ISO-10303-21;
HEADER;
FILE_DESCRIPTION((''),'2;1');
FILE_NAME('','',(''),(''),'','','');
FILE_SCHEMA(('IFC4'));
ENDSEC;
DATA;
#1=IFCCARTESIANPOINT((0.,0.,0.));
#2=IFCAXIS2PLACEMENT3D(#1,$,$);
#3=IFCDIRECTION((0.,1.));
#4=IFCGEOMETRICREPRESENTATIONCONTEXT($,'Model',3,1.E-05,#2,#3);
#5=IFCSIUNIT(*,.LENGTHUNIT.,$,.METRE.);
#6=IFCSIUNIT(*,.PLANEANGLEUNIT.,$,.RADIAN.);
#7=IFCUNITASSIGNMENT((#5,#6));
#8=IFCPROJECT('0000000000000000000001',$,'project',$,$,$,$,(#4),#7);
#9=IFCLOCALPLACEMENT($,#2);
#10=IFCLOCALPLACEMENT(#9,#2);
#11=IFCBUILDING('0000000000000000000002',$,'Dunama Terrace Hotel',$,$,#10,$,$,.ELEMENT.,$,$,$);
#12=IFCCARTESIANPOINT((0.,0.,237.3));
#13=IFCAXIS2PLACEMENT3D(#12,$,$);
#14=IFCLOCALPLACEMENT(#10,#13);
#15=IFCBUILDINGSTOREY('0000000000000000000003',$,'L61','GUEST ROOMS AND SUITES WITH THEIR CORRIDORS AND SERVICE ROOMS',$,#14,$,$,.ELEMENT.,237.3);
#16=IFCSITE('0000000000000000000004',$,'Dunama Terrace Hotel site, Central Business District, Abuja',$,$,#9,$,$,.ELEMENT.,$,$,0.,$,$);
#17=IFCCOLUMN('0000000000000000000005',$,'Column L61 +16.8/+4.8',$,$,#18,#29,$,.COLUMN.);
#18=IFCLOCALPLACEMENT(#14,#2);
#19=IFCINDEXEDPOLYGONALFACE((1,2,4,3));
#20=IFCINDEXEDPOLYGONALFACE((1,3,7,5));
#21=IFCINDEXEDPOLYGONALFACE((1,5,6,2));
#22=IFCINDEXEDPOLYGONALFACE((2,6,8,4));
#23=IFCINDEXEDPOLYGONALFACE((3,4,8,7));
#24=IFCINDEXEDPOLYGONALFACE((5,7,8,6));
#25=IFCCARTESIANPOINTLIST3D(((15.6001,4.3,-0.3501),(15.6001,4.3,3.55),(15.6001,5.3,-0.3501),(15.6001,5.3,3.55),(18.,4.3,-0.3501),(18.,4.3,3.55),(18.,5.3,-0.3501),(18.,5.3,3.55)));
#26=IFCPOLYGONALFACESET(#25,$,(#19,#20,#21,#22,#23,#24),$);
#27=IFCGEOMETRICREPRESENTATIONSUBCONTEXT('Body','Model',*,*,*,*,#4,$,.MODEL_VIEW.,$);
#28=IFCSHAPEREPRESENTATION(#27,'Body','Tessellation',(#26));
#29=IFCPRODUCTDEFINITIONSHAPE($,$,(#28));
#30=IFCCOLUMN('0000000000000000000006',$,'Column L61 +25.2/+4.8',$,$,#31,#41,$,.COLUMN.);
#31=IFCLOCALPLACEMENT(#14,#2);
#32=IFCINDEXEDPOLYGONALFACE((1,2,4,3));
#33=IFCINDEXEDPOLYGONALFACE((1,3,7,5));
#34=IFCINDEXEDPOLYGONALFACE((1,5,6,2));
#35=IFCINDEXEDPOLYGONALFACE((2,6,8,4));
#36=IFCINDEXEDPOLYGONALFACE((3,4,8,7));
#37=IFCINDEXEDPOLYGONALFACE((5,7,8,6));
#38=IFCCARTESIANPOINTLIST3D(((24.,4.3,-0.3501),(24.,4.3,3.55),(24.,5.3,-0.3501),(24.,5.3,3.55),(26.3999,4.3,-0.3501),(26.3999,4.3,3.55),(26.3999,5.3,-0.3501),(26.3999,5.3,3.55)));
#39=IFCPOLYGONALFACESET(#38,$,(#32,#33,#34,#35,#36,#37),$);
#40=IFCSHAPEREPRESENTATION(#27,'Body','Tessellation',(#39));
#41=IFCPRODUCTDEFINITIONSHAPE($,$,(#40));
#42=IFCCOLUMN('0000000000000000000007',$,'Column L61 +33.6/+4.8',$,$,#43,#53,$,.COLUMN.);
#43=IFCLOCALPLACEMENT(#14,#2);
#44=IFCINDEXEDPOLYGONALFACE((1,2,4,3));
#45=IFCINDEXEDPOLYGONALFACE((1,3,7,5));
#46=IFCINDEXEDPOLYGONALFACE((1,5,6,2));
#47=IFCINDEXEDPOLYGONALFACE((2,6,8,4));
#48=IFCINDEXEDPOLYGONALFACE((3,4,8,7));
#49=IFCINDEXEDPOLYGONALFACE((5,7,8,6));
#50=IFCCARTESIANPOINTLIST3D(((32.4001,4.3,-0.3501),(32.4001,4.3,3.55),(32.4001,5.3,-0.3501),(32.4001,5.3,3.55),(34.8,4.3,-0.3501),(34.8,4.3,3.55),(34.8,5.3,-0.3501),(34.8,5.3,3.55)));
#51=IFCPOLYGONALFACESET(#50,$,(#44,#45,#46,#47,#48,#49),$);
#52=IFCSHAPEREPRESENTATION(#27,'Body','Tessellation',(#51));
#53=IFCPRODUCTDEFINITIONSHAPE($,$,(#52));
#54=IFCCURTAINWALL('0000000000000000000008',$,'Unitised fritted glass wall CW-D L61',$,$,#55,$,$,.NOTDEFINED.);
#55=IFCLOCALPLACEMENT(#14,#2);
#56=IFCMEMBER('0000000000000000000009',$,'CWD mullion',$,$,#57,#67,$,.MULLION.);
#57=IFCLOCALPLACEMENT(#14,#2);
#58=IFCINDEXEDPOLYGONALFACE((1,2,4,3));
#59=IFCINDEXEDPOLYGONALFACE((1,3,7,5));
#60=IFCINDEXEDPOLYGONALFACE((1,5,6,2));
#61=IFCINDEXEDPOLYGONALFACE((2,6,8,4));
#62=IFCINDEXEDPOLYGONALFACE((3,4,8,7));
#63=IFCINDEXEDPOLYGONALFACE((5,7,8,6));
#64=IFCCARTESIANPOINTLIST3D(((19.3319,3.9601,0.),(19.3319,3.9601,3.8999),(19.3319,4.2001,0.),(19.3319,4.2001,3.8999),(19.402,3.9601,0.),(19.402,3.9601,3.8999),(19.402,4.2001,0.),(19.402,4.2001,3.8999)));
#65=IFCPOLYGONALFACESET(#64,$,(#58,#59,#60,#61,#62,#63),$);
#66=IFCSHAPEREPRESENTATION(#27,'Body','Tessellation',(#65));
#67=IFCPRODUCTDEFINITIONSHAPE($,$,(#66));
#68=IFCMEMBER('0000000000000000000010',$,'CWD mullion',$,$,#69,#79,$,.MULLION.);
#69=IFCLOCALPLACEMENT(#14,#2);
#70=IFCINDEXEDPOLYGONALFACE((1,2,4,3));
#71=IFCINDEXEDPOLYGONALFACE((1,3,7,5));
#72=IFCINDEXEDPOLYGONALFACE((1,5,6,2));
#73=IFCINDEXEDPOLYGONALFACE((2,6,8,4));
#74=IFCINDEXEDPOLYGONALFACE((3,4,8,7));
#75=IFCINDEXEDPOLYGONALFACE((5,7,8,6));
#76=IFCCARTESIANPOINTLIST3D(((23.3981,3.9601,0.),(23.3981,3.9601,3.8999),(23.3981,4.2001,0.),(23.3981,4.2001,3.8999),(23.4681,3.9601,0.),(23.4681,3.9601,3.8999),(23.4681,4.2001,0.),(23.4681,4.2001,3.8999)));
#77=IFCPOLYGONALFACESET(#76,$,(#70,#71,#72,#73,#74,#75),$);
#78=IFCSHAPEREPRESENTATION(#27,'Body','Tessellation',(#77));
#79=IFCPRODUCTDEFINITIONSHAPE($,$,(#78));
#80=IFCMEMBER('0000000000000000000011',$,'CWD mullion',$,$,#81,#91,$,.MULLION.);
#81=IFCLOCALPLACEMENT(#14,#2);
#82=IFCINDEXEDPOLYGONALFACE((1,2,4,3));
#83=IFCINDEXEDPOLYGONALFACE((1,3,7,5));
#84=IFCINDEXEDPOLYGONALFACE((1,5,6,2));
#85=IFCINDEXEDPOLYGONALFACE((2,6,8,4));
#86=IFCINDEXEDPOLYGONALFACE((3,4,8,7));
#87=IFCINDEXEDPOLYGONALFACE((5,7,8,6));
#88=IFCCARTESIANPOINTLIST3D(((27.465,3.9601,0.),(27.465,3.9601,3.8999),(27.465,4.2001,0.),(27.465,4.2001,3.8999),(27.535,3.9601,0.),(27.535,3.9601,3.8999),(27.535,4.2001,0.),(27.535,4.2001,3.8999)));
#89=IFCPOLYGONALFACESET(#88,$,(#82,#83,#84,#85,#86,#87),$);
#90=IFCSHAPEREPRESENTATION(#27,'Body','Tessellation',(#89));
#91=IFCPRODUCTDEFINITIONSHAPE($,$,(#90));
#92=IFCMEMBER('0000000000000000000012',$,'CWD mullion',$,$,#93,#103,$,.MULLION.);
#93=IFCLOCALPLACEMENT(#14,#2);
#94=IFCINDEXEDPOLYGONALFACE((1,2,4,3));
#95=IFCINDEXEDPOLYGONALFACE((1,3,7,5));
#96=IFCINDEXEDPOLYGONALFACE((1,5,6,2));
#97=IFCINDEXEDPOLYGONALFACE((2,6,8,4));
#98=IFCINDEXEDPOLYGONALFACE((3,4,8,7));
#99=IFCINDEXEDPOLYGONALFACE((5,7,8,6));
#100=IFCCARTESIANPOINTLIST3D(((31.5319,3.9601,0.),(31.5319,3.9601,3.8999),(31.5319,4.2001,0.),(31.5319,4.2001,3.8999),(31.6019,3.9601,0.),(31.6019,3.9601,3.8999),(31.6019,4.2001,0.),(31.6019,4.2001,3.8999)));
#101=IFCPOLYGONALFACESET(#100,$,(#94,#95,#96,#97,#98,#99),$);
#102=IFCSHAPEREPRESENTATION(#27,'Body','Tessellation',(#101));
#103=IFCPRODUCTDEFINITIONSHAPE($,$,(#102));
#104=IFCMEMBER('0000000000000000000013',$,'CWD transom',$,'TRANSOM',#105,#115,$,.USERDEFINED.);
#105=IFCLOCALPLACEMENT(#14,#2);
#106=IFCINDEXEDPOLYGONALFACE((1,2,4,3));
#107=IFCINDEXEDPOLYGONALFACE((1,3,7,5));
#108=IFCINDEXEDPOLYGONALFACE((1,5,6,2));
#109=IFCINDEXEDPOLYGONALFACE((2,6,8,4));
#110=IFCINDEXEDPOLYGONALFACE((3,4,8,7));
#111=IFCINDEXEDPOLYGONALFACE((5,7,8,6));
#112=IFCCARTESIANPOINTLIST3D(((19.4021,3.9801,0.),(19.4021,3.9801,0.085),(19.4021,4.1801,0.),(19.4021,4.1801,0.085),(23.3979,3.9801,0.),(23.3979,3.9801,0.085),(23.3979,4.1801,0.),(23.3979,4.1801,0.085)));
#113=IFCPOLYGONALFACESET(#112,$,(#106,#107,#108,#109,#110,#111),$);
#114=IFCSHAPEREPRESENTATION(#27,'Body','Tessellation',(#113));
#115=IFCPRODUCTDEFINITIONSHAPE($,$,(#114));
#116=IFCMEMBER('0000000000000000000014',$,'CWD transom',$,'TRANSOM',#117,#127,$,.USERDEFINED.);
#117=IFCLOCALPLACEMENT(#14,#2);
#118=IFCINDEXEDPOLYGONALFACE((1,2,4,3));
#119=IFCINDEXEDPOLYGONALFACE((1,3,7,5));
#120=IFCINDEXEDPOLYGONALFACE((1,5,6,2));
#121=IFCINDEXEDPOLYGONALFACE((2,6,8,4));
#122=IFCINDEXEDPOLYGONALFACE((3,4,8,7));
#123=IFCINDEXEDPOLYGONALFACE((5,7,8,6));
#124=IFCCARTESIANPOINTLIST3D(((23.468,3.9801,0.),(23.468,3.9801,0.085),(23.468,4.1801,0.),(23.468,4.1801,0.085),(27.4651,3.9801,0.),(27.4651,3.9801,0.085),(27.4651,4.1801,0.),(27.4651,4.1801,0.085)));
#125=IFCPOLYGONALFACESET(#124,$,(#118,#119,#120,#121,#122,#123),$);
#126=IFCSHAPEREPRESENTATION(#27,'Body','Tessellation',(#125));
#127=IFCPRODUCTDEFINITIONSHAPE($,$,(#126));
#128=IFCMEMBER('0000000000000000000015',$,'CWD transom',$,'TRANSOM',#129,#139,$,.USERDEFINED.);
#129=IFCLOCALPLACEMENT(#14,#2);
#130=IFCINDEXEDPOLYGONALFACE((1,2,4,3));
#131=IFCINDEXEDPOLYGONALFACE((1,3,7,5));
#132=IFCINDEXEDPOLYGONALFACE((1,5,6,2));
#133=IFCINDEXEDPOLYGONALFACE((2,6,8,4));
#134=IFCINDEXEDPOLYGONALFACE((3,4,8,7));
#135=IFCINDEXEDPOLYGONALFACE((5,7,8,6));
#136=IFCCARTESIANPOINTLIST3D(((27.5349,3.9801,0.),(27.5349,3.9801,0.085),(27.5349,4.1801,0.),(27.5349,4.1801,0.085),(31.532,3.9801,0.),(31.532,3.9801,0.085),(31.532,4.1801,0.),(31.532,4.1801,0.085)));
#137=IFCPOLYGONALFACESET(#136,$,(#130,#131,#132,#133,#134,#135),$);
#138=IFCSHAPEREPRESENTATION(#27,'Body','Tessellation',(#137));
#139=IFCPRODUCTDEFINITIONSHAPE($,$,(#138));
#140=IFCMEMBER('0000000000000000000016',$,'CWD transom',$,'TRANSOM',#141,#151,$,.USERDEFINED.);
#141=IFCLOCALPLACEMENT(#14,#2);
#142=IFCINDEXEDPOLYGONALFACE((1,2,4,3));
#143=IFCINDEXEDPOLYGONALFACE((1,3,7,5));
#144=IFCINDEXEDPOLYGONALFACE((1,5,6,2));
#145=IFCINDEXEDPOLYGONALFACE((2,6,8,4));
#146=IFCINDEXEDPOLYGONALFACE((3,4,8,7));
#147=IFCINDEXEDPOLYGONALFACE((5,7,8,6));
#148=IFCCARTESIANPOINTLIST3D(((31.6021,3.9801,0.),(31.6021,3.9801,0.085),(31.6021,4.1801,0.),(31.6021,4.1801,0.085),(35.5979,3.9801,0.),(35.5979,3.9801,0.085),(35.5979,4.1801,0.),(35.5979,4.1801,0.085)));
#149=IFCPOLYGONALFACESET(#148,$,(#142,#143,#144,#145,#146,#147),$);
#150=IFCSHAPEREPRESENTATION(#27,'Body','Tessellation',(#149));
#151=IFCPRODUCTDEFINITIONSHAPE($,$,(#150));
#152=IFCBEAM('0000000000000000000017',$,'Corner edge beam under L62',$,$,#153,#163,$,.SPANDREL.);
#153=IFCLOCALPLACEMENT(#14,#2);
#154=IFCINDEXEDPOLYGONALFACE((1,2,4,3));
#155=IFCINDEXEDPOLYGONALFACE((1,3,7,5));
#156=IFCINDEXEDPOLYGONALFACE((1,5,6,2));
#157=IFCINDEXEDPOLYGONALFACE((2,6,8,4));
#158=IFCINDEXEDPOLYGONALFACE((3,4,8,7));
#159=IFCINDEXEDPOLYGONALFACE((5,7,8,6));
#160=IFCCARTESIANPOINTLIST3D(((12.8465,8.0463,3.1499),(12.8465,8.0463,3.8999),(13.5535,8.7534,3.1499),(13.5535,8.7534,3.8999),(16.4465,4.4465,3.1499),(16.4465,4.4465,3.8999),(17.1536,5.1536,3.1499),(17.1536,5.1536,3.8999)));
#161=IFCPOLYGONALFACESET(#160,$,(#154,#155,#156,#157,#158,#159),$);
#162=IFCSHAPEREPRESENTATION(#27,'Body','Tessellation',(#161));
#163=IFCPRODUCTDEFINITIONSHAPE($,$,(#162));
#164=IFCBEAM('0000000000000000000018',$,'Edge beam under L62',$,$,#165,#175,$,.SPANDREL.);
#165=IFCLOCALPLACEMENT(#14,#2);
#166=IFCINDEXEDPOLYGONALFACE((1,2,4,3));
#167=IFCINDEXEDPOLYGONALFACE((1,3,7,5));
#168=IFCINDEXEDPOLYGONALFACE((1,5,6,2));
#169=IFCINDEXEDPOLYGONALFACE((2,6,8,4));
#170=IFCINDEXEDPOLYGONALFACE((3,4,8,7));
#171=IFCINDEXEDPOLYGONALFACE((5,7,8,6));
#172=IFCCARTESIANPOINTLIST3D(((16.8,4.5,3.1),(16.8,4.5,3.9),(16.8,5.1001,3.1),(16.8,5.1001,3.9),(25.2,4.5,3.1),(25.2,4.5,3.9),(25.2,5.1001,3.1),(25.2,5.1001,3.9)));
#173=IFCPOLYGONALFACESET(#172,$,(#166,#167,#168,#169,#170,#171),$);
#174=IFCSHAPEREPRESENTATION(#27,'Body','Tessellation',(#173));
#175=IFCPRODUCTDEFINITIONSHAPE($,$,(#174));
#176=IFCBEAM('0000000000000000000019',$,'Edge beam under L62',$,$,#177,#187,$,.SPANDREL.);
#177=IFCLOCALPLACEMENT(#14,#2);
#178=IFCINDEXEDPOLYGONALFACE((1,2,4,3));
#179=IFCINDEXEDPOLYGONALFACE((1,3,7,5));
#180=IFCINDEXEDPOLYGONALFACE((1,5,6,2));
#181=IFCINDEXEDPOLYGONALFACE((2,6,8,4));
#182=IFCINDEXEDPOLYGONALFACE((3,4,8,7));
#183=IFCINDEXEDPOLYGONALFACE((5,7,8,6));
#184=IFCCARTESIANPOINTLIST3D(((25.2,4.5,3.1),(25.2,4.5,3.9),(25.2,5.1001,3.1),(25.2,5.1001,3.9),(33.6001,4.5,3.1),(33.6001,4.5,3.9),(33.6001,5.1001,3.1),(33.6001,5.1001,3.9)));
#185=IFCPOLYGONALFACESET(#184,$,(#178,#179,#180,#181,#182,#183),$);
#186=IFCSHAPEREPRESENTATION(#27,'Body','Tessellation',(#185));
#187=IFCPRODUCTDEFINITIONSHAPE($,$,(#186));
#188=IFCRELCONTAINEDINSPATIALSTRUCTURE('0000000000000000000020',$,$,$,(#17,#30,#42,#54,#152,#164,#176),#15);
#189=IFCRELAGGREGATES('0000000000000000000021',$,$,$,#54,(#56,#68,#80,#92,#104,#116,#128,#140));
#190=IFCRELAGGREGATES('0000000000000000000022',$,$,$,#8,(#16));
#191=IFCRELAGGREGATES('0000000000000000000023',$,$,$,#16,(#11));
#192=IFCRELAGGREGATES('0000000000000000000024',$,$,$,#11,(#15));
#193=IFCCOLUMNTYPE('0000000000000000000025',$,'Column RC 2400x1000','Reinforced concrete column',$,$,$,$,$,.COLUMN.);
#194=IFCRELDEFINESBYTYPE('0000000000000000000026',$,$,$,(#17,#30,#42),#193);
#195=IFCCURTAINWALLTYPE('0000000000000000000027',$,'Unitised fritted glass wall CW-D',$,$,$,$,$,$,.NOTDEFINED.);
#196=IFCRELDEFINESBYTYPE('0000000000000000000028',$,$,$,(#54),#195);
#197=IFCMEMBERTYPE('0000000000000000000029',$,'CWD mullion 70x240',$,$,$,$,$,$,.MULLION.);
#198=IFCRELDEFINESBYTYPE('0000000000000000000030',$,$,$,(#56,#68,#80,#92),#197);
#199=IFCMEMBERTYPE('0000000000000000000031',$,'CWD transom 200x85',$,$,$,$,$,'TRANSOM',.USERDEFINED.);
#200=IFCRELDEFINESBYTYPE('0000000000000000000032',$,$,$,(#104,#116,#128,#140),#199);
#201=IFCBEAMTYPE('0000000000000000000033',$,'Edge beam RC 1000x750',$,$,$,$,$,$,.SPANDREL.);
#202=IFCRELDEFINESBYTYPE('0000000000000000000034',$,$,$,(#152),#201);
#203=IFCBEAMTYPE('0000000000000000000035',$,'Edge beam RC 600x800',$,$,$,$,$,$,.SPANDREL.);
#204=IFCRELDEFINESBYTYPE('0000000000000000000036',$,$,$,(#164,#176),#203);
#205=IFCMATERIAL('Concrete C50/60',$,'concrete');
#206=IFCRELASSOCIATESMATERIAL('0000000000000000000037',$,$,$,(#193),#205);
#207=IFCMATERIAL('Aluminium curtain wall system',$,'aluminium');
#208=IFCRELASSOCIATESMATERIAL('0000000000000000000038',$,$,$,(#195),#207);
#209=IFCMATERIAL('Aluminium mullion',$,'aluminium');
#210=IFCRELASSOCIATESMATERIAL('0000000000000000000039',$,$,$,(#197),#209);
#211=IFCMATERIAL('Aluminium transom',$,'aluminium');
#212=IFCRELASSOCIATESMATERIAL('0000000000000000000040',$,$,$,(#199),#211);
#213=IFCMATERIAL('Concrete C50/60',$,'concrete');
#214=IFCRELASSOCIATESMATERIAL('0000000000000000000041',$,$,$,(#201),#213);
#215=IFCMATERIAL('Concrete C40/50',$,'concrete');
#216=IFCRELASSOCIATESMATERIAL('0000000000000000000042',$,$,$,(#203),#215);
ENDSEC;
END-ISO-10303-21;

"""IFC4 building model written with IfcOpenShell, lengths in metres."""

from ifc_helpers import new_model, si_unit, direction, frame, origin, origin_2d, place, context, subcontext, project, spatial, rectangle, extrude, material, material_profile, profile_set, type_object, element, aggregate, save


model = new_model("IFC4")

# Units and contexts
model_context = context("Model", 3, precision=1e-05, world=origin(), true_north=direction((0.0, 1.0)))
body_context = subcontext(model_context, "Body", "Model", "MODEL_VIEW")
ifc_project = project(units=[si_unit("LENGTHUNIT", "METRE"), si_unit("PLANEANGLEUNIT", "RADIAN")], contexts=[model_context])

# Site, building, storey
site_placement = place(None, origin())
site = spatial("IfcSite", under=ifc_project, at=site_placement, Name="Dunama Terrace Hotel site, Central Business District, Abuja", CompositionType="ELEMENT", RefElevation=0.0)
building_placement = place(site_placement, origin())
building = spatial("IfcBuilding", under=site, at=building_placement, Name="Dunama Terrace Hotel", CompositionType="ELEMENT")
storey_placement = place(building_placement, frame((0.0, 0.0, 237.3)))
storey = spatial("IfcBuildingStorey", under=building, at=storey_placement, Name="L61", Description="GUEST ROOMS AND SUITES WITH THEIR CORRIDORS AND SERVICE ROOMS", CompositionType="ELEMENT", Elevation=237.3)

# Columns
ifc_material_1 = material(Name="Concrete C50/60", Category="concrete")
ifc_material_profile_1 = material_profile(ifc_material_1, rectangle(XDim=2.3999, YDim=1.0, at=origin_2d()), Name="RC 2400x1000")
ifc_profile_set_1 = profile_set([ifc_material_profile_1], Name="Concrete C50/60")
column_type = type_object("IfcColumnType", Name="Column RC 2400x1000", Description="Reinforced concrete column", PredefinedType="COLUMN", material=ifc_profile_set_1)
for number, where, z_axis, x_axis, name in (
    (1, (16.8, 4.8, -0.3501), (0.0, 0.0, 1.0), (1.0, 0.0, 0.0), "Column L61 +16.8/+4.8"),
    (2, (25.2, 4.8, -0.3501), (0.0, 0.0, 1.0), (1.0, 0.0, 0.0), "Column L61 +25.2/+4.8"),
    (3, (33.6001, 4.8, -0.3501), (0.0, 0.0, 1.0), (1.0, 0.0, 0.0), "Column L61 +33.6/+4.8"),
):
    element("IfcColumn", number, at=place(storey_placement, frame(where, z_axis=z_axis, x_axis=x_axis)), inside=storey, type_object=column_type, Name=name, PredefinedType="COLUMN", context=body_context, shape_type="SweptSolid", body=[
        extrude(rectangle(XDim=2.3999, YDim=1.0, at=origin_2d()), origin(), (0.0, 0.0, 1.0), 3.9001),
    ])

# Curtain wall, members
ifc_material_2 = material(Name="Aluminium curtain wall system", Category="aluminium")
curtain_wall_type = type_object("IfcCurtainWallType", Name="Unitised fritted glass wall CW-D", PredefinedType="NOTDEFINED", material=ifc_material_2)
curtain_wall_placement = place(storey_placement, origin())
curtain_wall = element("IfcCurtainWall", 4, at=curtain_wall_placement, inside=storey, type_object=curtain_wall_type, Name="Unitised fritted glass wall CW-D L61", PredefinedType="NOTDEFINED")
ifc_material_3 = material(Name="Aluminium mullion", Category="aluminium")
ifc_material_profile_2 = material_profile(ifc_material_3, rectangle(XDim=0.0701, YDim=0.24, at=origin_2d()), Name="CWD MULLION 70X240")
ifc_profile_set_2 = profile_set([ifc_material_profile_2], Name="Aluminium mullion")
member_type_1 = type_object("IfcMemberType", Name="CWD mullion 70x240", PredefinedType="MULLION", material=ifc_profile_set_2)
member_1_placement = place(storey_placement, frame((19.3669, 4.0801, 0.0), z_axis=(0.0, 0.0, 1.0), x_axis=(1.0, 0.0, 0.0)))
member_1 = element("IfcMember", 5, at=member_1_placement, type_object=member_type_1, Name="CWD mullion", PredefinedType="MULLION", context=body_context, shape_type="SweptSolid", body=[
    extrude(rectangle(XDim=0.0701, YDim=0.24, at=origin_2d()), origin(), (0.0, 0.0, 1.0), 3.8999),
])
member_2_placement = place(storey_placement, frame((23.4331, 4.0801, 0.0), z_axis=(0.0, 0.0, 1.0), x_axis=(1.0, 0.0, 0.0)))
member_2 = element("IfcMember", 6, at=member_2_placement, type_object=member_type_1, Name="CWD mullion", PredefinedType="MULLION", context=body_context, shape_type="SweptSolid", body=[
    extrude(rectangle(XDim=0.0701, YDim=0.24, at=origin_2d()), origin(), (0.0, 0.0, 1.0), 3.8999),
])
member_3_placement = place(storey_placement, frame((27.5, 4.0801, 0.0), z_axis=(0.0, 0.0, 1.0), x_axis=(1.0, 0.0, 0.0)))
member_3 = element("IfcMember", 7, at=member_3_placement, type_object=member_type_1, Name="CWD mullion", PredefinedType="MULLION", context=body_context, shape_type="SweptSolid", body=[
    extrude(rectangle(XDim=0.0701, YDim=0.24, at=origin_2d()), origin(), (0.0, 0.0, 1.0), 3.8999),
])
member_4_placement = place(storey_placement, frame((31.5669, 4.0801, 0.0), z_axis=(0.0, 0.0, 1.0), x_axis=(1.0, 0.0, 0.0)))
member_4 = element("IfcMember", 8, at=member_4_placement, type_object=member_type_1, Name="CWD mullion", PredefinedType="MULLION", context=body_context, shape_type="SweptSolid", body=[
    extrude(rectangle(XDim=0.0701, YDim=0.24, at=origin_2d()), origin(), (0.0, 0.0, 1.0), 3.8999),
])
ifc_material_4 = material(Name="Aluminium transom", Category="aluminium")
ifc_material_profile_3 = material_profile(ifc_material_4, rectangle(XDim=0.2, YDim=0.085, at=origin_2d()), Name="CWD TRANSOM 200X85")
ifc_profile_set_3 = profile_set([ifc_material_profile_3], Name="Aluminium transom")
member_type_2 = type_object("IfcMemberType", Name="CWD transom 200x85", ElementType="TRANSOM", PredefinedType="USERDEFINED", material=ifc_profile_set_3)
member_5_placement = place(storey_placement, frame((19.4021, 4.0801, 0.0425), z_axis=(1.0, 0.0, 0.0), x_axis=(0.0, 1.0, 0.0)))
member_5 = element("IfcMember", 9, at=member_5_placement, type_object=member_type_2, Name="CWD transom", ObjectType="TRANSOM", PredefinedType="USERDEFINED", context=body_context, shape_type="SweptSolid", body=[
    extrude(rectangle(XDim=0.2, YDim=0.085, at=origin_2d()), origin(), (0.0, 0.0, 1.0), 3.9958),
])
member_6_placement = place(storey_placement, frame((23.468, 4.0801, 0.0425), z_axis=(1.0, 0.0, 0.0), x_axis=(0.0, 1.0, 0.0)))
member_6 = element("IfcMember", 10, at=member_6_placement, type_object=member_type_2, Name="CWD transom", ObjectType="TRANSOM", PredefinedType="USERDEFINED", context=body_context, shape_type="SweptSolid", body=[
    extrude(rectangle(XDim=0.2, YDim=0.085, at=origin_2d()), origin(), (0.0, 0.0, 1.0), 3.9971),
])
member_7_placement = place(storey_placement, frame((27.5349, 4.0801, 0.0425), z_axis=(1.0, 0.0, 0.0), x_axis=(0.0, 1.0, 0.0)))
member_7 = element("IfcMember", 11, at=member_7_placement, type_object=member_type_2, Name="CWD transom", ObjectType="TRANSOM", PredefinedType="USERDEFINED", context=body_context, shape_type="SweptSolid", body=[
    extrude(rectangle(XDim=0.2, YDim=0.085, at=origin_2d()), origin(), (0.0, 0.0, 1.0), 3.9971),
])
member_8_placement = place(storey_placement, frame((31.6021, 4.0801, 0.0425), z_axis=(1.0, 0.0, 0.0), x_axis=(0.0, 1.0, 0.0)))
member_8 = element("IfcMember", 12, at=member_8_placement, type_object=member_type_2, Name="CWD transom", ObjectType="TRANSOM", PredefinedType="USERDEFINED", context=body_context, shape_type="SweptSolid", body=[
    extrude(rectangle(XDim=0.2, YDim=0.085, at=origin_2d()), origin(), (0.0, 0.0, 1.0), 3.9958),
])

# Beams
ifc_material_5 = material(Name="Concrete C50/60", Category="concrete")
ifc_material_profile_4 = material_profile(ifc_material_5, rectangle(XDim=1.0, YDim=0.75, at=origin_2d()), Name="RC 1000x750")
ifc_profile_set_4 = profile_set([ifc_material_profile_4], Name="Concrete C50/60")
beam_type_1 = type_object("IfcBeamType", Name="Edge beam RC 1000x750", PredefinedType="SPANDREL", material=ifc_profile_set_4)
beam_1_placement = place(storey_placement, frame((16.8, 4.8, 3.5249), z_axis=(-0.707131, 0.707083, 0.0), x_axis=(-0.707083, -0.707131, 0.0)))
element("IfcBeam", 13, at=beam_1_placement, inside=storey, type_object=beam_type_1, Name="Corner edge beam under L62", PredefinedType="SPANDREL", context=body_context, shape_type="SweptSolid", body=[
    extrude(rectangle(XDim=1.0, YDim=0.75, at=origin_2d()), origin(), (0.0, 0.0, 1.0), 5.0911),
])
ifc_material_6 = material(Name="Concrete C40/50", Category="concrete")
ifc_material_profile_5 = material_profile(ifc_material_6, rectangle(XDim=0.6001, YDim=0.8, at=origin_2d()), Name="RC 600x800")
ifc_profile_set_5 = profile_set([ifc_material_profile_5], Name="Concrete C40/50")
beam_type_2 = type_object("IfcBeamType", Name="Edge beam RC 600x800", PredefinedType="SPANDREL", material=ifc_profile_set_5)
beam_2_placement = place(storey_placement, frame((16.8, 4.8, 3.5), z_axis=(1.0, 0.0, 0.0), x_axis=(0.0, 1.0, 0.0)))
element("IfcBeam", 14, at=beam_2_placement, inside=storey, type_object=beam_type_2, Name="Edge beam under L62", PredefinedType="SPANDREL", context=body_context, shape_type="SweptSolid", body=[
    extrude(rectangle(XDim=0.6001, YDim=0.8, at=origin_2d()), origin(), (0.0, 0.0, 1.0), 8.3999),
])
beam_3_placement = place(storey_placement, frame((25.2, 4.8, 3.5), z_axis=(1.0, 0.0, 0.0), x_axis=(0.0, 1.0, 0.0)))
element("IfcBeam", 15, at=beam_3_placement, inside=storey, type_object=beam_type_2, Name="Edge beam under L62", PredefinedType="SPANDREL", context=body_context, shape_type="SweptSolid", body=[
    extrude(rectangle(XDim=0.6001, YDim=0.8, at=origin_2d()), origin(), (0.0, 0.0, 1.0), 8.4001),
])

aggregate(curtain_wall, [member_1, member_2, member_3, member_4, member_5, member_6, member_7, member_8])

save(model, "model.ifc")
